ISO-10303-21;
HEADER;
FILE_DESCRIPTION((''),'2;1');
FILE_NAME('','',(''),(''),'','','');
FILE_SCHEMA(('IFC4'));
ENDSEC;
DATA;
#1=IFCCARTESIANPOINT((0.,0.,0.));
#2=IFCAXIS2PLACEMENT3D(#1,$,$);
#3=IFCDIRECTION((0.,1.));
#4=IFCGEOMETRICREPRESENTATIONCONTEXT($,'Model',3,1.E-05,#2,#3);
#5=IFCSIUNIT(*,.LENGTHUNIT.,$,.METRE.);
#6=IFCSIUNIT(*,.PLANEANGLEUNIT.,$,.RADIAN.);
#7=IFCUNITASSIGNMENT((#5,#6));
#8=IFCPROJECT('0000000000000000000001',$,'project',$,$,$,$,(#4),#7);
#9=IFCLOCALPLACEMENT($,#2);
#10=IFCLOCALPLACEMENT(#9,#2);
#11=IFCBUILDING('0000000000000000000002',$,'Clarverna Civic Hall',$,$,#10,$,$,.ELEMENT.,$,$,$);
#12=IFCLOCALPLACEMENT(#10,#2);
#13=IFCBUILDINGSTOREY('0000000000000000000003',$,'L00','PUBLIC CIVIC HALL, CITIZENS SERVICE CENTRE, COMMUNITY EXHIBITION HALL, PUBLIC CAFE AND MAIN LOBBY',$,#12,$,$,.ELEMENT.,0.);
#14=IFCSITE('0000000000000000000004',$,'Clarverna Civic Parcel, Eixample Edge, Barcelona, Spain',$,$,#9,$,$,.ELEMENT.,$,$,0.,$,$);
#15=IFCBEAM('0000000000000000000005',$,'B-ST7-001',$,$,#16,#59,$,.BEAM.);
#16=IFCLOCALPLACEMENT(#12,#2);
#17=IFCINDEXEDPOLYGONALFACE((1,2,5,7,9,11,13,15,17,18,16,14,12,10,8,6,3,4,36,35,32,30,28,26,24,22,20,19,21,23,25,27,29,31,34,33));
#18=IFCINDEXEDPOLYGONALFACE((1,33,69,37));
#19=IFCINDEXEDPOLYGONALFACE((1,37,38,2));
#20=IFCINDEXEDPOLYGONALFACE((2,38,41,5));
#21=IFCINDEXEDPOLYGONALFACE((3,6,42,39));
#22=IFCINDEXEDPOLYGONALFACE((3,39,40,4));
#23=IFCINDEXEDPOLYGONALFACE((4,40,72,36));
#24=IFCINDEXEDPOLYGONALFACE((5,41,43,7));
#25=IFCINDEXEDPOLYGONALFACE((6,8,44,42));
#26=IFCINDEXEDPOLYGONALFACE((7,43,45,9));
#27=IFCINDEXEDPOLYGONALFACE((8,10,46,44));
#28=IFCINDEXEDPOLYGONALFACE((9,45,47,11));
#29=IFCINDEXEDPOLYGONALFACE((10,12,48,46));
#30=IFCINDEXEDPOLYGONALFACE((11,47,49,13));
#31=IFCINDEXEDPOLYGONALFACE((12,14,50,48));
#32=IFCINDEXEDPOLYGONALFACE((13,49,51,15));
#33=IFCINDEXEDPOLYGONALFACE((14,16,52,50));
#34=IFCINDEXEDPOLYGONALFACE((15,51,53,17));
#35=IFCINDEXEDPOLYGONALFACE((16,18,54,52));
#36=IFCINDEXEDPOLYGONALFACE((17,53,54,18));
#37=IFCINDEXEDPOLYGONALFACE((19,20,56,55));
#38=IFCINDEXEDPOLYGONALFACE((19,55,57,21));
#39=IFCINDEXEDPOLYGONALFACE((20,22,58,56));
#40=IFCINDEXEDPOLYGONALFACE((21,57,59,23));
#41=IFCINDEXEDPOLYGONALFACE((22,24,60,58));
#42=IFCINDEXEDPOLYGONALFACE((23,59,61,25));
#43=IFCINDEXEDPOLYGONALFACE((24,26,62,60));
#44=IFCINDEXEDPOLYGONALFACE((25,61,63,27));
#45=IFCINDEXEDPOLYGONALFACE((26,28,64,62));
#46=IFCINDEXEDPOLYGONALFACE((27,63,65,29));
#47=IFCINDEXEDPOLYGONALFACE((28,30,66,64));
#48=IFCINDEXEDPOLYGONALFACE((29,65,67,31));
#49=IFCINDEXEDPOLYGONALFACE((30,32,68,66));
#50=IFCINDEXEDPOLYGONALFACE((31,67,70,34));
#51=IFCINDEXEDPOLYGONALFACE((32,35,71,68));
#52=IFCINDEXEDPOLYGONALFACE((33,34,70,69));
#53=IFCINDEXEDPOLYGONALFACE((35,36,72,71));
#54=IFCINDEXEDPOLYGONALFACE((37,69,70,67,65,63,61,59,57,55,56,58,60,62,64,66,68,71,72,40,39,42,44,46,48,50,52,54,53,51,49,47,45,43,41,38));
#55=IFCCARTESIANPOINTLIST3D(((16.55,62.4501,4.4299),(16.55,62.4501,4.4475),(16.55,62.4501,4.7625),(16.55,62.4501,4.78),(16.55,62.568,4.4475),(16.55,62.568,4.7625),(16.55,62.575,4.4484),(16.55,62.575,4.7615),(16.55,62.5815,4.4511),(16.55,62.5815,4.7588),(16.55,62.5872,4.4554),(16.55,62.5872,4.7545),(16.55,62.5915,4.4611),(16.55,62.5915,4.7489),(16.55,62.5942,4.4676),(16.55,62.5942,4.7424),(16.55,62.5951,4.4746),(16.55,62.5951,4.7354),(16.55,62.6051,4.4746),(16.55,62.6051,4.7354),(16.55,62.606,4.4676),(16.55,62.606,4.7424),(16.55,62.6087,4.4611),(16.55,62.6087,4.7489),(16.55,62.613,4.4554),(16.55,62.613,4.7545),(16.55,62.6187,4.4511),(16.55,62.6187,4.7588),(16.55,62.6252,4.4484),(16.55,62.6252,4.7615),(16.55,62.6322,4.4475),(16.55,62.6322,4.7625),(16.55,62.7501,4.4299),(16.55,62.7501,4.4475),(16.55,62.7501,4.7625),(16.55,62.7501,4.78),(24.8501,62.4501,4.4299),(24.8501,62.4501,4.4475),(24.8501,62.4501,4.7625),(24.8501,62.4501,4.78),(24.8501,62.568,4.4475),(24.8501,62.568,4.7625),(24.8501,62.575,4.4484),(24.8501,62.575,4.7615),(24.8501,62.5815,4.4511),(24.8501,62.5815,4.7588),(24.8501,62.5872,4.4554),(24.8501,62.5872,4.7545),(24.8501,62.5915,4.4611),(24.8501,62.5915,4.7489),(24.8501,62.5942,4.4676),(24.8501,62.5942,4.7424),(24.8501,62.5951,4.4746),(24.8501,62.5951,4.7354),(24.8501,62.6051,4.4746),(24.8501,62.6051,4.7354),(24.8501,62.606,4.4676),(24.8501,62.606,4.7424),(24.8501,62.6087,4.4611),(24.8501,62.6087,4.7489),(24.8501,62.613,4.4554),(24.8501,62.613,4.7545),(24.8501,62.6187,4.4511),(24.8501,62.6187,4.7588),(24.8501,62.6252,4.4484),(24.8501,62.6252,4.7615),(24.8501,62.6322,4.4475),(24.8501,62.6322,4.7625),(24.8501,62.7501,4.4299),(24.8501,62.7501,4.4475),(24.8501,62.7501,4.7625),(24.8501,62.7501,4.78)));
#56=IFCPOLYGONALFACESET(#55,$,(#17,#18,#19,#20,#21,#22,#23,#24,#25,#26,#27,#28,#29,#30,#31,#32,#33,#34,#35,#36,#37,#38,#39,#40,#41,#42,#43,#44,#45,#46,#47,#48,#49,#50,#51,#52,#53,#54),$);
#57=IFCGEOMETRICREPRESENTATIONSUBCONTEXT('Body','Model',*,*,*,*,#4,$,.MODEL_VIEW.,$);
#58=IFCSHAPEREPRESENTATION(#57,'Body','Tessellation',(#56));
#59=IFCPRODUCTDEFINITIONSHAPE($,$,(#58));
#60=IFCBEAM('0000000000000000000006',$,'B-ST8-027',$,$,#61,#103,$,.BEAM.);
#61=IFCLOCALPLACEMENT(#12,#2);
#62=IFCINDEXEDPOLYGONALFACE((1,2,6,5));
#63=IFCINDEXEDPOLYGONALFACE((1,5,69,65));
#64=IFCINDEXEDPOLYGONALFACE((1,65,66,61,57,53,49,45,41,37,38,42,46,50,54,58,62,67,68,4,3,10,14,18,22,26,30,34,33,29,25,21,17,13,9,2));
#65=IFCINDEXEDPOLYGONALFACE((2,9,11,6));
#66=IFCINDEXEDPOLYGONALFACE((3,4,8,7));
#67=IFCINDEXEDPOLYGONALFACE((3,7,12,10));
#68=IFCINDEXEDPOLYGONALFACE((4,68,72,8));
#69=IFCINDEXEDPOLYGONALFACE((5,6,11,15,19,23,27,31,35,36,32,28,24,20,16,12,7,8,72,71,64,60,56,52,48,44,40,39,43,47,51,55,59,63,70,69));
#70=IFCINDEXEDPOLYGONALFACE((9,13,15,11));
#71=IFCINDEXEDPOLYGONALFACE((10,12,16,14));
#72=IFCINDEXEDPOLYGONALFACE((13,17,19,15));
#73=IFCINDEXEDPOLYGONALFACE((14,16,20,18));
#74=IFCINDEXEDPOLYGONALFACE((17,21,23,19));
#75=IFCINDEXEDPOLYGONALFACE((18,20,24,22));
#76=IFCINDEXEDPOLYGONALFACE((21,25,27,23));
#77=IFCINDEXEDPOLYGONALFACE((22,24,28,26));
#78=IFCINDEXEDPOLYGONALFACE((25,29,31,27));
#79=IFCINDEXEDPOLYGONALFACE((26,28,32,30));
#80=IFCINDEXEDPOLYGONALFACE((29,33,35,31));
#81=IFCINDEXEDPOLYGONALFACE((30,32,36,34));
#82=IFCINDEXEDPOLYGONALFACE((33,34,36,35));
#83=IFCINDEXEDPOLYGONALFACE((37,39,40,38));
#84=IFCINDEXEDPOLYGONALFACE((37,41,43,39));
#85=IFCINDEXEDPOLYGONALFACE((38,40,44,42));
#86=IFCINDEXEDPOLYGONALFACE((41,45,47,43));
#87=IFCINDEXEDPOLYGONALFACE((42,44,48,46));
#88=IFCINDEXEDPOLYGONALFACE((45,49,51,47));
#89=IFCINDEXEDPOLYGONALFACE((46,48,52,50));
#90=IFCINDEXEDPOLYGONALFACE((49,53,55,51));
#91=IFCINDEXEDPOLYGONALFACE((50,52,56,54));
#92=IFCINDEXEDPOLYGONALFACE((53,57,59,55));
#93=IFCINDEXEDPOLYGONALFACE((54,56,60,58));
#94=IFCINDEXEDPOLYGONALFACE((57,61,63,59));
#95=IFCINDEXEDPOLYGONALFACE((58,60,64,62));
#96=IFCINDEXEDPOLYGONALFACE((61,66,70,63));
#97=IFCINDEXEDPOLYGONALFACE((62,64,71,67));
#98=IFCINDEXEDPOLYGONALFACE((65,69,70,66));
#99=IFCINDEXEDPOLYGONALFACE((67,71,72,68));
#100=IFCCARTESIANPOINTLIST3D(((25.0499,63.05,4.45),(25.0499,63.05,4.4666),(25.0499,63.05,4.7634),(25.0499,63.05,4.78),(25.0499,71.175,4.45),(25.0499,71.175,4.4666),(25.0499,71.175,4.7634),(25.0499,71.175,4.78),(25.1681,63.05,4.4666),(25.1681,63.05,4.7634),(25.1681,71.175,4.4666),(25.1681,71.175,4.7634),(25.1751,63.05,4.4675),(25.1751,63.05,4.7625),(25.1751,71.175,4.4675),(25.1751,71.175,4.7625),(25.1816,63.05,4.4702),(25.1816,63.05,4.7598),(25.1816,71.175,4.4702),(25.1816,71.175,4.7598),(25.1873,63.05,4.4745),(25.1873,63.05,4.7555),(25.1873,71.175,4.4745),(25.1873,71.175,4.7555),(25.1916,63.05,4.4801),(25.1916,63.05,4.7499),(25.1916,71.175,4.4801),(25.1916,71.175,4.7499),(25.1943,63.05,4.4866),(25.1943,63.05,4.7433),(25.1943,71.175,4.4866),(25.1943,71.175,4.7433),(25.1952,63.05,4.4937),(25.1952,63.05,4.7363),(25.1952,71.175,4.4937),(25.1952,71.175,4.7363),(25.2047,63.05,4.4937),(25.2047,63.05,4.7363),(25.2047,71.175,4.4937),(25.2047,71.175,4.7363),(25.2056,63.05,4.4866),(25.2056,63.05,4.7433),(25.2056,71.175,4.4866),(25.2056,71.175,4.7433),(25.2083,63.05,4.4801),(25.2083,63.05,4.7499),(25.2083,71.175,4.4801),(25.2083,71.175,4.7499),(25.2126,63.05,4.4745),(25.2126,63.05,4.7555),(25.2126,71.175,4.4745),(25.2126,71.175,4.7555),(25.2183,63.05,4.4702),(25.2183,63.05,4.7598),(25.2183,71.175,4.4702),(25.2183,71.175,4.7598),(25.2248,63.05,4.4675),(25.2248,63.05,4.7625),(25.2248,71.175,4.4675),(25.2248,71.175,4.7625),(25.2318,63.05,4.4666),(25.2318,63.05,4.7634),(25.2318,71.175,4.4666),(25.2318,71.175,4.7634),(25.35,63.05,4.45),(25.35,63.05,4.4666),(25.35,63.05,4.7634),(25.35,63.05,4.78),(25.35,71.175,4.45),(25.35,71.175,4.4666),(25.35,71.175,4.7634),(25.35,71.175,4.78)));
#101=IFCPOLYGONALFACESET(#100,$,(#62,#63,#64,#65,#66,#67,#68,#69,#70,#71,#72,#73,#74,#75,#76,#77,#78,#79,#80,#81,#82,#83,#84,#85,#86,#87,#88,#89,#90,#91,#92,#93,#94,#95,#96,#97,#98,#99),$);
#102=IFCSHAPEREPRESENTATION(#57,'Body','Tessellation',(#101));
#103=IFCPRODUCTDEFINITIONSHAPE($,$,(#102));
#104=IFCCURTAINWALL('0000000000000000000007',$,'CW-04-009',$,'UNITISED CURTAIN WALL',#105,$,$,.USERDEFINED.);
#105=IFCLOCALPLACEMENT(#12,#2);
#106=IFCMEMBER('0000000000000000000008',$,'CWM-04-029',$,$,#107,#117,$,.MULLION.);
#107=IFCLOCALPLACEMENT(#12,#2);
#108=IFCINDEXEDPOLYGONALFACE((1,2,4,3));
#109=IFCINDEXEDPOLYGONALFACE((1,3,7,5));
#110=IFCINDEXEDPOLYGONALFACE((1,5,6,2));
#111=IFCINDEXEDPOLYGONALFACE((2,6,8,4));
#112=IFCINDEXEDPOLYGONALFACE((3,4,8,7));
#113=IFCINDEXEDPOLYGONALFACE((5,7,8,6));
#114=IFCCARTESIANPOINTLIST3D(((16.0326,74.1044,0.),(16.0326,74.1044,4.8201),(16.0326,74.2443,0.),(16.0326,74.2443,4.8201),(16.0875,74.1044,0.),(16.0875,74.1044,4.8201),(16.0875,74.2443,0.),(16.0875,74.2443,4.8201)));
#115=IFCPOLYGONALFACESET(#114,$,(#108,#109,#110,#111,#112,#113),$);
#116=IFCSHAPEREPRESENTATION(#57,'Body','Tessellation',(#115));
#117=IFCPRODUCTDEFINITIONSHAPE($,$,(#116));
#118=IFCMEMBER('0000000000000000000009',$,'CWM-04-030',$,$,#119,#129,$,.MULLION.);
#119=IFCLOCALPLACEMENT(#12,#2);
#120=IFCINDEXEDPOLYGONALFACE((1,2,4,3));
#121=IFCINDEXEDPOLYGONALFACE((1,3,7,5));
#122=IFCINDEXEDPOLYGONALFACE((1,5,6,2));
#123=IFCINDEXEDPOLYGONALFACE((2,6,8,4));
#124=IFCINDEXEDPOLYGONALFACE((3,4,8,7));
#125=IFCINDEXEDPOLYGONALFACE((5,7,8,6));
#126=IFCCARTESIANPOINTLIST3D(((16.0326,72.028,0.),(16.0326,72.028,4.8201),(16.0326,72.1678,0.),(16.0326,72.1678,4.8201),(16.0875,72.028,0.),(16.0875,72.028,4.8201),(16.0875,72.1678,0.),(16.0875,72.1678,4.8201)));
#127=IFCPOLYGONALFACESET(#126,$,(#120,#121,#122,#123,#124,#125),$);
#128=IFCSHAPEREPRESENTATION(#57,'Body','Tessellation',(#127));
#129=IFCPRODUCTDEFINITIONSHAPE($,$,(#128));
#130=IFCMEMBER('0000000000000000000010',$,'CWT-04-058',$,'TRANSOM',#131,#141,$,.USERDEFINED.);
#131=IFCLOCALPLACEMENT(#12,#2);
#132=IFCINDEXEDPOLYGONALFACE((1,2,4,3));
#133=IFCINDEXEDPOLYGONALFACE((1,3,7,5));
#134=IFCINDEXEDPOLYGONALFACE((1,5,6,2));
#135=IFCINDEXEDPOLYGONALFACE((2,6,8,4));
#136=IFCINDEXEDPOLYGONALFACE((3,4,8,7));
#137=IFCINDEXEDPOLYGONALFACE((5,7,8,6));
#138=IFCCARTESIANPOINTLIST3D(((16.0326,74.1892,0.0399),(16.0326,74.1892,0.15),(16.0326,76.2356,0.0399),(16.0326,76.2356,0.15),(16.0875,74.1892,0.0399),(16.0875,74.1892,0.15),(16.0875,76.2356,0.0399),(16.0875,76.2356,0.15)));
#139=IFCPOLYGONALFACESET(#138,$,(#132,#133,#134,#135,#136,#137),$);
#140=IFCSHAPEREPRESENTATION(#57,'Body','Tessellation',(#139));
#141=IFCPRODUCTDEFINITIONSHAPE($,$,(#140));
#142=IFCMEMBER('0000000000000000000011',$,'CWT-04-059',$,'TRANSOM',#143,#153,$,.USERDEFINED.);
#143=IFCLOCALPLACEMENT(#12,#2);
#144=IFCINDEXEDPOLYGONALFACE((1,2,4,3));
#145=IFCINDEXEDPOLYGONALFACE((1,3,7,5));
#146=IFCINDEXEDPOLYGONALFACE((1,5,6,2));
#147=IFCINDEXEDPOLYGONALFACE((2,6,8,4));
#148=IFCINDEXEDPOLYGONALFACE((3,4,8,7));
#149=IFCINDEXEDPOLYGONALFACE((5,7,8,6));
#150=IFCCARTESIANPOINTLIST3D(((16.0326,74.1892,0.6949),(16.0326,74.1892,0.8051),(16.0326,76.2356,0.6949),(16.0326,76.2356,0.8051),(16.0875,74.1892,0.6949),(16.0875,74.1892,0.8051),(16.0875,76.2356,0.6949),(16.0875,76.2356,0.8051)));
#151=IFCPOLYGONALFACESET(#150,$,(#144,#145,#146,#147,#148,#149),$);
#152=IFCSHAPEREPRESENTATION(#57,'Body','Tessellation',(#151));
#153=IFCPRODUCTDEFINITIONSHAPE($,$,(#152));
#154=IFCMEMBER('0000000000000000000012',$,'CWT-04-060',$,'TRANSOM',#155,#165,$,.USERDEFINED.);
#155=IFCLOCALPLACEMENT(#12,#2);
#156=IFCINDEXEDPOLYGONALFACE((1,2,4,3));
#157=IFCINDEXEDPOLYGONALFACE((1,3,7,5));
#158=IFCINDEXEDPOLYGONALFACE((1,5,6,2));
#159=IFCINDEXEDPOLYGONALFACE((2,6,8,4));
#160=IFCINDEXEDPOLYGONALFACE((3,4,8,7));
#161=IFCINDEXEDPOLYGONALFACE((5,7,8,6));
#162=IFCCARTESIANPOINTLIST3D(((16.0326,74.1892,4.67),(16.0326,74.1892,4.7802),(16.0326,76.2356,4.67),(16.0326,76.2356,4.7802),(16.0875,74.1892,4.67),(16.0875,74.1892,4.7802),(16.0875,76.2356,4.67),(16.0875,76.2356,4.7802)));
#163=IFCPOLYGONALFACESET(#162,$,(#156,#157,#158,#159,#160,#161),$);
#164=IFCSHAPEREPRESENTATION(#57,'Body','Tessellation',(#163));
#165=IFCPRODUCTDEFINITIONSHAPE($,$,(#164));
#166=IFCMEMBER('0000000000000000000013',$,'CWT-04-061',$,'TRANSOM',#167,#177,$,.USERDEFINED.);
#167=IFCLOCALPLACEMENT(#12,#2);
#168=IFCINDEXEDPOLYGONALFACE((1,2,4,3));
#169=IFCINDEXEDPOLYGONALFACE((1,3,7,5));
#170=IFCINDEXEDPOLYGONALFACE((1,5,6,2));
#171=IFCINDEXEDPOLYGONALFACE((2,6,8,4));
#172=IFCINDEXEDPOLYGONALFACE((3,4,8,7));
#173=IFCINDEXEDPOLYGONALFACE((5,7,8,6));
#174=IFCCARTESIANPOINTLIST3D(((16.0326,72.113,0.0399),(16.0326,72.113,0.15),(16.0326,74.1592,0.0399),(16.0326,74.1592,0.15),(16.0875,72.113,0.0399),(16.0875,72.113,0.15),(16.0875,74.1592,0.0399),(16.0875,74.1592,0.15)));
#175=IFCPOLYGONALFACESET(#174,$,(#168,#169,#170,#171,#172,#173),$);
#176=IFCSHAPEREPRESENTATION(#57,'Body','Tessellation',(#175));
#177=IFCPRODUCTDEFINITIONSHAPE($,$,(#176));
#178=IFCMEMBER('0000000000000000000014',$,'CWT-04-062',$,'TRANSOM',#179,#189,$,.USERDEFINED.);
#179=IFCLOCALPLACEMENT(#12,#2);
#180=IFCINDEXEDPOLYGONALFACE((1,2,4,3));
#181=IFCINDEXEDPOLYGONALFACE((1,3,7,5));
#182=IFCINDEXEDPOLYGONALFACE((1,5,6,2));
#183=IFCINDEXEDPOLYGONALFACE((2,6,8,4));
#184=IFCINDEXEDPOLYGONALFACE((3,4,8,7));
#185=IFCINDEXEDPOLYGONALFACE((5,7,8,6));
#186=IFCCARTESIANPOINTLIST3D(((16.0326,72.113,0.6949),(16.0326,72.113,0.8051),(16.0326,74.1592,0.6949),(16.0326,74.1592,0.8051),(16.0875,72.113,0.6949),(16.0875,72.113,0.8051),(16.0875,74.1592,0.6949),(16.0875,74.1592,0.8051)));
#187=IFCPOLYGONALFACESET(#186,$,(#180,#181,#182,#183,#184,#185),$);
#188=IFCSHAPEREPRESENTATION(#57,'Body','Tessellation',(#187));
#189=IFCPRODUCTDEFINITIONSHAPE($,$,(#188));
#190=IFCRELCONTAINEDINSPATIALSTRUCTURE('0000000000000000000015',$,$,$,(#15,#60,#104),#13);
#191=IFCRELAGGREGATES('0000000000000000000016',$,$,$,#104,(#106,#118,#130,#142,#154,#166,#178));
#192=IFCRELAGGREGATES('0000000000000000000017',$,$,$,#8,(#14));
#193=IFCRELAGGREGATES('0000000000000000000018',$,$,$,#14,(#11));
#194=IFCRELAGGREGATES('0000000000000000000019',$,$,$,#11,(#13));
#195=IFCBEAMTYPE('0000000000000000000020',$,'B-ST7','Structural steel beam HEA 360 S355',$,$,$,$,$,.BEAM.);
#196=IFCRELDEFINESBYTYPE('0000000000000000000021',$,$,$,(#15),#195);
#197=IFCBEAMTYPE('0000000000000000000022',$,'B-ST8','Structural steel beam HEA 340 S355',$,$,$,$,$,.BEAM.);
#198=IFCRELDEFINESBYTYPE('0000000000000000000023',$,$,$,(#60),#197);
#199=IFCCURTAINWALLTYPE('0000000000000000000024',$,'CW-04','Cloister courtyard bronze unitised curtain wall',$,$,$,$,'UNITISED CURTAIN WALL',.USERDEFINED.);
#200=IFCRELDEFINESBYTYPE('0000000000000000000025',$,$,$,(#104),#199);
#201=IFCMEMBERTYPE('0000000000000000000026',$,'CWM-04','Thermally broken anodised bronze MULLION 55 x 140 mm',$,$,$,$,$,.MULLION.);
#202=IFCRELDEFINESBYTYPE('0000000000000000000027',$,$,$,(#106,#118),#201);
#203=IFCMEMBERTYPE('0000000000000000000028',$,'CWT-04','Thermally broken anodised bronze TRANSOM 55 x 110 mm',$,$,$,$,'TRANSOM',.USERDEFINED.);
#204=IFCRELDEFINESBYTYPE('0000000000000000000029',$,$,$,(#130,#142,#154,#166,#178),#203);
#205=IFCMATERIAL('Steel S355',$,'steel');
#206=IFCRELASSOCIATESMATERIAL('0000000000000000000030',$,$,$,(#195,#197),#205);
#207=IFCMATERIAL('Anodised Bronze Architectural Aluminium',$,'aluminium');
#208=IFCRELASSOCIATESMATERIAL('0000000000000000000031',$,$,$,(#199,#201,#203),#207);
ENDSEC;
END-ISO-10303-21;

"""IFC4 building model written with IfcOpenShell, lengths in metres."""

from ifc_helpers import new_model, si_unit, direction, frame, origin, origin_2d, place, context, subcontext, project, spatial, rectangle, i_section, extrude, material, material_profile, profile_set, type_object, element, aggregate, save


model = new_model("IFC4")

# Units and contexts
model_context = context("Model", 3, precision=1e-05, world=origin(), true_north=direction((0.0, 1.0)))
body_context = subcontext(model_context, "Body", "Model", "MODEL_VIEW")
ifc_project = project(units=[si_unit("LENGTHUNIT", "METRE"), si_unit("PLANEANGLEUNIT", "RADIAN")], contexts=[model_context])

# Site, building, storey
site_placement = place(None, origin())
site = spatial("IfcSite", under=ifc_project, at=site_placement, Name="Clarverna Civic Parcel, Eixample Edge, Barcelona, Spain", CompositionType="ELEMENT", RefElevation=0.0)
building_placement = place(site_placement, origin())
building = spatial("IfcBuilding", under=site, at=building_placement, Name="Clarverna Civic Hall", CompositionType="ELEMENT")
storey_placement = place(building_placement, origin())
storey = spatial("IfcBuildingStorey", under=building, at=storey_placement, Name="L00", Description="PUBLIC CIVIC HALL, CITIZENS SERVICE CENTRE, COMMUNITY EXHIBITION HALL, PUBLIC CAFE AND MAIN LOBBY", CompositionType="ELEMENT", Elevation=0.0)

# Beams
ifc_material_1 = material(Name="Steel S355", Category="steel")
ifc_material_profile_1 = material_profile(ifc_material_1, i_section(OverallWidth=0.3, OverallDepth=0.3501, WebThickness=0.01, FlangeThickness=0.0176, FilletRadius=0.0271, at=origin_2d()), Name="HEA 360")
ifc_profile_set_1 = profile_set([ifc_material_profile_1], Name="Steel S355")
beam_type_1 = type_object("IfcBeamType", Name="B-ST7", Description="Structural steel beam HEA 360 S355", PredefinedType="BEAM", material=ifc_profile_set_1)
beam_1_placement = place(storey_placement, frame((16.55, 62.6001, 4.605), z_axis=(1.0, 0.0, 0.0), x_axis=(0.0, 1.0, 0.0)))
element("IfcBeam", 1, at=beam_1_placement, inside=storey, type_object=beam_type_1, Name="B-ST7-001", PredefinedType="BEAM", context=body_context, shape_type="SweptSolid", body=[
    extrude(i_section(OverallWidth=0.3, OverallDepth=0.3501, WebThickness=0.01, FlangeThickness=0.0176, FilletRadius=0.0271, at=origin_2d()), origin(), (0.0, 0.0, 1.0), 8.3),
])
ifc_material_profile_2 = material_profile(ifc_material_1, i_section(OverallWidth=0.3, OverallDepth=0.3301, WebThickness=0.0095, FlangeThickness=0.0166, FilletRadius=0.0271, at=origin_2d()), Name="HEA 340")
ifc_profile_set_2 = profile_set([ifc_material_profile_2], Name="Steel S355")
beam_type_2 = type_object("IfcBeamType", Name="B-ST8", Description="Structural steel beam HEA 340 S355", PredefinedType="BEAM", material=ifc_profile_set_2)
beam_2_placement = place(storey_placement, frame((25.2, 63.05, 4.615), z_axis=(0.0, 1.0, 0.0), x_axis=(-1.0, 0.0, 0.0)))
element("IfcBeam", 2, at=beam_2_placement, inside=storey, type_object=beam_type_2, Name="B-ST8-027", PredefinedType="BEAM", context=body_context, shape_type="SweptSolid", body=[
    extrude(i_section(OverallWidth=0.3, OverallDepth=0.3301, WebThickness=0.0095, FlangeThickness=0.0166, FilletRadius=0.0271, at=origin_2d()), origin(), (0.0, 0.0, 1.0), 8.125),
])

# Curtain wall, members
ifc_material_2 = material(Name="Anodised Bronze Architectural Aluminium", Category="aluminium")
curtain_wall_type = type_object("IfcCurtainWallType", Name="CW-04", Description="Cloister courtyard bronze unitised curtain wall", ElementType="UNITISED CURTAIN WALL", PredefinedType="USERDEFINED", material=ifc_material_2)
curtain_wall_placement = place(storey_placement, origin())
curtain_wall = element("IfcCurtainWall", 3, at=curtain_wall_placement, inside=storey, type_object=curtain_wall_type, Name="CW-04-009", ObjectType="UNITISED CURTAIN WALL", PredefinedType="USERDEFINED")
ifc_material_profile_3 = material_profile(ifc_material_2, rectangle(XDim=0.0549, YDim=0.1399, at=origin_2d()), Name="BRONZE 55x140")
ifc_profile_set_3 = profile_set([ifc_material_profile_3], Name="Anodised Bronze Architectural Aluminium")
member_type_1 = type_object("IfcMemberType", Name="CWM-04", Description="Thermally broken anodised bronze MULLION 55 x 140 mm", PredefinedType="MULLION", material=ifc_profile_set_3)
member_1_placement = place(storey_placement, frame((16.0601, 74.1743, 0.0), z_axis=(0.0, 0.0, 1.0), x_axis=(1.0, 0.0, 0.0)))
member_1 = element("IfcMember", 4, at=member_1_placement, type_object=member_type_1, Name="CWM-04-029", PredefinedType="MULLION", context=body_context, shape_type="SweptSolid", body=[
    extrude(rectangle(XDim=0.0549, YDim=0.1399, at=origin_2d()), origin(), (0.0, 0.0, 1.0), 4.8201),
])
member_2_placement = place(storey_placement, frame((16.0601, 72.0979, 0.0), z_axis=(0.0, 0.0, 1.0), x_axis=(1.0, 0.0, 0.0)))
member_2 = element("IfcMember", 5, at=member_2_placement, type_object=member_type_1, Name="CWM-04-030", PredefinedType="MULLION", context=body_context, shape_type="SweptSolid", body=[
    extrude(rectangle(XDim=0.0549, YDim=0.1399, at=origin_2d()), origin(), (0.0, 0.0, 1.0), 4.8201),
])
ifc_material_profile_4 = material_profile(ifc_material_2, rectangle(XDim=0.0549, YDim=0.1101, at=origin_2d()), Name="BRONZE 55x110")
ifc_profile_set_4 = profile_set([ifc_material_profile_4], Name="Anodised Bronze Architectural Aluminium")
member_type_2 = type_object("IfcMemberType", Name="CWT-04", Description="Thermally broken anodised bronze TRANSOM 55 x 110 mm", ElementType="TRANSOM", PredefinedType="USERDEFINED", material=ifc_profile_set_4)
member_3_placement = place(storey_placement, frame((16.0601, 76.2356, 0.095), z_axis=(0.0, -1.0, 0.0), x_axis=(1.0, 0.0, 0.0)))
member_3 = element("IfcMember", 6, at=member_3_placement, type_object=member_type_2, Name="CWT-04-058", ObjectType="TRANSOM", PredefinedType="USERDEFINED", context=body_context, shape_type="SweptSolid", body=[
    extrude(rectangle(XDim=0.0549, YDim=0.1101, at=origin_2d()), origin(), (0.0, 0.0, 1.0), 2.0464),
])
member_4_placement = place(storey_placement, frame((16.0601, 76.2356, 0.75), z_axis=(0.0, -1.0, 0.0), x_axis=(1.0, 0.0, 0.0)))
member_4 = element("IfcMember", 7, at=member_4_placement, type_object=member_type_2, Name="CWT-04-059", ObjectType="TRANSOM", PredefinedType="USERDEFINED", context=body_context, shape_type="SweptSolid", body=[
    extrude(rectangle(XDim=0.0549, YDim=0.1101, at=origin_2d()), origin(), (0.0, 0.0, 1.0), 2.0464),
])
member_5_placement = place(storey_placement, frame((16.0601, 76.2356, 4.7251), z_axis=(0.0, -1.0, 0.0), x_axis=(1.0, 0.0, 0.0)))
member_5 = element("IfcMember", 8, at=member_5_placement, type_object=member_type_2, Name="CWT-04-060", ObjectType="TRANSOM", PredefinedType="USERDEFINED", context=body_context, shape_type="SweptSolid", body=[
    extrude(rectangle(XDim=0.0549, YDim=0.1101, at=origin_2d()), origin(), (0.0, 0.0, 1.0), 2.0464),
])
member_6_placement = place(storey_placement, frame((16.0601, 74.1592, 0.095), z_axis=(0.0, -1.0, 0.0), x_axis=(1.0, 0.0, 0.0)))
member_6 = element("IfcMember", 9, at=member_6_placement, type_object=member_type_2, Name="CWT-04-061", ObjectType="TRANSOM", PredefinedType="USERDEFINED", context=body_context, shape_type="SweptSolid", body=[
    extrude(rectangle(XDim=0.0549, YDim=0.1101, at=origin_2d()), origin(), (0.0, 0.0, 1.0), 2.0461),
])
member_7_placement = place(storey_placement, frame((16.0601, 74.1592, 0.75), z_axis=(0.0, -1.0, 0.0), x_axis=(1.0, 0.0, 0.0)))
member_7 = element("IfcMember", 10, at=member_7_placement, type_object=member_type_2, Name="CWT-04-062", ObjectType="TRANSOM", PredefinedType="USERDEFINED", context=body_context, shape_type="SweptSolid", body=[
    extrude(rectangle(XDim=0.0549, YDim=0.1101, at=origin_2d()), origin(), (0.0, 0.0, 1.0), 2.0461),
])
aggregate(curtain_wall, [member_1, member_2, member_3, member_4, member_5, member_6, member_7])

save(model, "model.ifc")
